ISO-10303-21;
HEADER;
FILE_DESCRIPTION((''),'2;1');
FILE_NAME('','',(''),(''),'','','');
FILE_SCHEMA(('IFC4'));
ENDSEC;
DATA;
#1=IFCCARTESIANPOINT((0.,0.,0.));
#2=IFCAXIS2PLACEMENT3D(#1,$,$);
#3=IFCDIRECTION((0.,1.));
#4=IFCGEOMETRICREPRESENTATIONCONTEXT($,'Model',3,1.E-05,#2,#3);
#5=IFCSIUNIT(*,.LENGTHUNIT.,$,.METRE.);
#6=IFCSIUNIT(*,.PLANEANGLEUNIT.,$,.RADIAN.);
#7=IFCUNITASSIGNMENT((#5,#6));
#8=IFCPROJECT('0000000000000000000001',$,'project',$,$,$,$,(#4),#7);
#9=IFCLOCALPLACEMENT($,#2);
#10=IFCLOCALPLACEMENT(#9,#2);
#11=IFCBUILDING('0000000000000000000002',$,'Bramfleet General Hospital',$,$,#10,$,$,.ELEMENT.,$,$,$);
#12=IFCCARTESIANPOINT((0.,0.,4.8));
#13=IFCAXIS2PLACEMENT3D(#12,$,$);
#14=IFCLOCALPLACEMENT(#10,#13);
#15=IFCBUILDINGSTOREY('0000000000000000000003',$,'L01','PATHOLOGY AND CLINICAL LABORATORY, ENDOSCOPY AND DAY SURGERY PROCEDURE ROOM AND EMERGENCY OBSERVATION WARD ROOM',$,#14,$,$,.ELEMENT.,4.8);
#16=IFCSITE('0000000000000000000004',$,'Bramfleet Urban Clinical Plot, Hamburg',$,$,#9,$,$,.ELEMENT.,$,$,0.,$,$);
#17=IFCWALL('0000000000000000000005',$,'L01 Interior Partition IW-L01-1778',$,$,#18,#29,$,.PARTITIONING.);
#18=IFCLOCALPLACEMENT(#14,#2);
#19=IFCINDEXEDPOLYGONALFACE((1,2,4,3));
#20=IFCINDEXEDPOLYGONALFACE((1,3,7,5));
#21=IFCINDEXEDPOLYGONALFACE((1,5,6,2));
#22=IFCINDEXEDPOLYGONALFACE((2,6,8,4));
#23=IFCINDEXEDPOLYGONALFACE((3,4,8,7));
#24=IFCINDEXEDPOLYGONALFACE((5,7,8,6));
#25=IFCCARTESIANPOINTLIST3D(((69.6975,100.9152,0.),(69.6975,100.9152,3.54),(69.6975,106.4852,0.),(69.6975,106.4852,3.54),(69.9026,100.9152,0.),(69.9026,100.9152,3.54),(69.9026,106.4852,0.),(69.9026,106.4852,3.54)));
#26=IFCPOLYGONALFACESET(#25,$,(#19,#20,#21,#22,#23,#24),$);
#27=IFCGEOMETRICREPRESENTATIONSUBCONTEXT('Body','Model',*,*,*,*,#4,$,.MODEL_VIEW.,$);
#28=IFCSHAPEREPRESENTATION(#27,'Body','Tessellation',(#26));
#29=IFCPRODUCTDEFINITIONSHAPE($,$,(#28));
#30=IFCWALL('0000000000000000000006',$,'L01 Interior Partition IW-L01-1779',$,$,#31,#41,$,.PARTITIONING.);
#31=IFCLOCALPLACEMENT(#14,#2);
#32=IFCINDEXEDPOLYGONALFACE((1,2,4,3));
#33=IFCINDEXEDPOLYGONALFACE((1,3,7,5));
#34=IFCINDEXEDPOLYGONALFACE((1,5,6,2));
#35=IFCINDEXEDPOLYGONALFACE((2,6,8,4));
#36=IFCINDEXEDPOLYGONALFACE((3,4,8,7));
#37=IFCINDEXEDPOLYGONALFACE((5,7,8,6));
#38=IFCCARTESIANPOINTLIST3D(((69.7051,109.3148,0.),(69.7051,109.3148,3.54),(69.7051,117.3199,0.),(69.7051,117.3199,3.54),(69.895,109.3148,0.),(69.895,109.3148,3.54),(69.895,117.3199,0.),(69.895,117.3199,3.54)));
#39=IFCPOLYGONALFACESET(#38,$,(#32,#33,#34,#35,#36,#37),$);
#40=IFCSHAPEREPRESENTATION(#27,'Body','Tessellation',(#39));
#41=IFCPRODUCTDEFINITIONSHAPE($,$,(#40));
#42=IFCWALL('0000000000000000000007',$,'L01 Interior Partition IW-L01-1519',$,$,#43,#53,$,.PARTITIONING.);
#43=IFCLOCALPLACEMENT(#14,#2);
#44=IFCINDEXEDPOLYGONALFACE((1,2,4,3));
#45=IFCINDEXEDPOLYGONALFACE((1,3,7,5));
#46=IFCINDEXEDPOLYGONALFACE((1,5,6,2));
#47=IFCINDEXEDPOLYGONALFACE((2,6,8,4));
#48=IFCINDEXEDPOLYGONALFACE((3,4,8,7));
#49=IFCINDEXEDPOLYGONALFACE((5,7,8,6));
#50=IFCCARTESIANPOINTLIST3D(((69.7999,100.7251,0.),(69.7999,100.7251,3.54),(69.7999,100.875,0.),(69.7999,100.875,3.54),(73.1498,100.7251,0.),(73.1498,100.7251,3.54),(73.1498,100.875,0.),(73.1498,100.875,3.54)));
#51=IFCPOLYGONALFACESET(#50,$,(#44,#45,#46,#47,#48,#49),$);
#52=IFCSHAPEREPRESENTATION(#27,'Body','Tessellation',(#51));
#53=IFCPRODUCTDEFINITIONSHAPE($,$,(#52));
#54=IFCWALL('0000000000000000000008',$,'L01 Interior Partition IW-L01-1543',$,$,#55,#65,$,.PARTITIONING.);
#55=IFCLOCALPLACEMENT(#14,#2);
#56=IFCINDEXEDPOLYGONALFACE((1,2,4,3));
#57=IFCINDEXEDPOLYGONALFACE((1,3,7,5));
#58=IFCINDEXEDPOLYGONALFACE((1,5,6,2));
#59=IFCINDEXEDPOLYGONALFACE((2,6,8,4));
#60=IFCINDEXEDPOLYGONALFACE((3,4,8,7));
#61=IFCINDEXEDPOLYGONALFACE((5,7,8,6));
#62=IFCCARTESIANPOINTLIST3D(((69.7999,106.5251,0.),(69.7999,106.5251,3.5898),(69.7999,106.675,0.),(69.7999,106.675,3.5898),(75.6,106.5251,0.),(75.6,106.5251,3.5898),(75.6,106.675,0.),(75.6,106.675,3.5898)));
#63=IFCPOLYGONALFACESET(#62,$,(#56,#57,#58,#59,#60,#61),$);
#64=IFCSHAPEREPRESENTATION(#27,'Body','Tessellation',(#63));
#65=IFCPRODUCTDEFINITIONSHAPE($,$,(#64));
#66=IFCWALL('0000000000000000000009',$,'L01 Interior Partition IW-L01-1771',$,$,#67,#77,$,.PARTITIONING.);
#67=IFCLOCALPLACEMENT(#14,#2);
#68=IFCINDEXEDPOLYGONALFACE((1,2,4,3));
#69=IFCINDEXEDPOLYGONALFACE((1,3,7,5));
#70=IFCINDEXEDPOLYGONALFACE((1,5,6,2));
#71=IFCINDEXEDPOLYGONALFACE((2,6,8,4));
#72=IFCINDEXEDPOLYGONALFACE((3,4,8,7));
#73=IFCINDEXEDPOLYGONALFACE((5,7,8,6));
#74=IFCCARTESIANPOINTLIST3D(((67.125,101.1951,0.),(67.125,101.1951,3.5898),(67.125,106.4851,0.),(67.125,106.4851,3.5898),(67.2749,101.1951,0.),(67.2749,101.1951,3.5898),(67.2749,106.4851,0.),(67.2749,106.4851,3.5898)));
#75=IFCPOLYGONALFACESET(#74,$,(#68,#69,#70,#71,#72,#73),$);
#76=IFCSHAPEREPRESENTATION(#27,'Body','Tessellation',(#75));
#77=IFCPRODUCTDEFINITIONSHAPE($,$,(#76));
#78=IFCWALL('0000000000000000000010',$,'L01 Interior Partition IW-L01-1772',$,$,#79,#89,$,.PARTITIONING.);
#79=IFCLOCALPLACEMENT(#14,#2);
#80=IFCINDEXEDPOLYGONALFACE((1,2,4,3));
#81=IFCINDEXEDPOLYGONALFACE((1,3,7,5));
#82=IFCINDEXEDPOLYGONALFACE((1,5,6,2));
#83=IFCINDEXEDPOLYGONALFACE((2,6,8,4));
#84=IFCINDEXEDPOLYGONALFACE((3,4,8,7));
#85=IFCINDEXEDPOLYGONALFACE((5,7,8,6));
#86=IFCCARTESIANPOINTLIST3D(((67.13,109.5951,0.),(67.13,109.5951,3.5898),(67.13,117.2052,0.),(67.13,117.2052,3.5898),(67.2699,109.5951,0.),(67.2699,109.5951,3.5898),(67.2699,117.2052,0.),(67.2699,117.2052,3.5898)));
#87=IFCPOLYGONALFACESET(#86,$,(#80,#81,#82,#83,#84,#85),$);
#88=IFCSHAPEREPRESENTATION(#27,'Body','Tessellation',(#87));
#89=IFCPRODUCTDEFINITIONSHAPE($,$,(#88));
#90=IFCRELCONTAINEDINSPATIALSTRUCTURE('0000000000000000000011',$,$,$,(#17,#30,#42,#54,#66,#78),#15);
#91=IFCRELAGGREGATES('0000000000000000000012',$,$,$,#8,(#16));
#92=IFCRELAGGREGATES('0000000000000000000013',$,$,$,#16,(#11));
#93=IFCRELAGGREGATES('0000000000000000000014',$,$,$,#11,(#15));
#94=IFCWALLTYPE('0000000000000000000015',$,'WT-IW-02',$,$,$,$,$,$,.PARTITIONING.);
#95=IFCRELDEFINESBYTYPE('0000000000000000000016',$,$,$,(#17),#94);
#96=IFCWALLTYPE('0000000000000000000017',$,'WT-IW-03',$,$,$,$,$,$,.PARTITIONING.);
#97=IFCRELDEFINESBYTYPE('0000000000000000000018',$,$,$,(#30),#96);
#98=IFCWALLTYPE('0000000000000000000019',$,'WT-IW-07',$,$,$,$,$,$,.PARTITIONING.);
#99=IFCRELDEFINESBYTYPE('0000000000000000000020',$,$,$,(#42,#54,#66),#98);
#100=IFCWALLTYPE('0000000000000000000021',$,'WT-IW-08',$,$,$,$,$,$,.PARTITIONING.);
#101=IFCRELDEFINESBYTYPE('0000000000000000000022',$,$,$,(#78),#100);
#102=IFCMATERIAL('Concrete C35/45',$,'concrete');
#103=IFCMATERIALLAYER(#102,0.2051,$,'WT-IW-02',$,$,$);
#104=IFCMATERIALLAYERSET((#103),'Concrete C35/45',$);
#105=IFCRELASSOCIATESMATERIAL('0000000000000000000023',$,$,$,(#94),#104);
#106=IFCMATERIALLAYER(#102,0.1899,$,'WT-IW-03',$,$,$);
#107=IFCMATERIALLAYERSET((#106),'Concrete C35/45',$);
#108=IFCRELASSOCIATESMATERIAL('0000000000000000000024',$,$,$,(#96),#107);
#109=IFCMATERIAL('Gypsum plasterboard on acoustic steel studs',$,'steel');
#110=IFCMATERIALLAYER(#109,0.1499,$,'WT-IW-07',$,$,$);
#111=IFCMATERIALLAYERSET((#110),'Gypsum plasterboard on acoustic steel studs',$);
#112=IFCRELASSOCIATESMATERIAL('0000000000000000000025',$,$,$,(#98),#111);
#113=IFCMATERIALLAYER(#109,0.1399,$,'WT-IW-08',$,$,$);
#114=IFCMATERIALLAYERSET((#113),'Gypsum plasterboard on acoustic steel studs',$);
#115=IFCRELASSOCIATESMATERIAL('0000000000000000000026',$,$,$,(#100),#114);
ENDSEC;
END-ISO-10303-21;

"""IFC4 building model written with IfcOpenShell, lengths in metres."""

from ifc_helpers import new_model, si_unit, direction, frame, frame_2d, origin, place, context, subcontext, project, spatial, rectangle, extrude, material, layer, layer_set, type_object, element, save


model = new_model("IFC4")

# Units and contexts
model_context = context("Model", 3, precision=1e-05, world=origin(), true_north=direction((0.0, 1.0)))
body_context = subcontext(model_context, "Body", "Model", "MODEL_VIEW")
ifc_project = project(units=[si_unit("LENGTHUNIT", "METRE"), si_unit("PLANEANGLEUNIT", "RADIAN")], contexts=[model_context])

# Site, building, storey
site_placement = place(None, origin())
site = spatial("IfcSite", under=ifc_project, at=site_placement, Name="Bramfleet Urban Clinical Plot, Hamburg", CompositionType="ELEMENT", RefElevation=0.0)
building_placement = place(site_placement, origin())
building = spatial("IfcBuilding", under=site, at=building_placement, Name="Bramfleet General Hospital", CompositionType="ELEMENT")
storey_placement = place(building_placement, frame((0.0, 0.0, 4.8)))
storey = spatial("IfcBuildingStorey", under=building, at=storey_placement, Name="L01", Description="PATHOLOGY AND CLINICAL LABORATORY, ENDOSCOPY AND DAY SURGERY PROCEDURE ROOM AND EMERGENCY OBSERVATION WARD ROOM", CompositionType="ELEMENT", Elevation=4.8)

# Shared definitions
ifc_material_1 = material(Name="Concrete C35/45", Category="concrete")

# Walls
ifc_layer_1 = layer(ifc_material_1, 0.2051, Name="WT-IW-02")
ifc_layer_set_1 = layer_set([ifc_layer_1], Name="Concrete C35/45")
wall_type_1 = type_object("IfcWallType", Name="WT-IW-02", PredefinedType="PARTITIONING", material=ifc_layer_set_1)
wall_1_placement = place(storey_placement, frame((69.8, 100.915, 0.0), z_axis=(0.0, 0.0, 1.0), x_axis=(0.0, 1.0, 0.0)))
element("IfcWall", 1, at=wall_1_placement, inside=storey, type_object=wall_type_1, Name="L01 Interior Partition IW-L01-1778", PredefinedType="PARTITIONING", context=body_context, shape_type="SweptSolid", body=[
    extrude(rectangle(XDim=5.5701, YDim=0.2051, at=frame_2d((2.7852, 0.0))), origin(), (0.0, 0.0, 1.0), 3.54),
])
ifc_layer_2 = layer(ifc_material_1, 0.1899, Name="WT-IW-03")
ifc_layer_set_2 = layer_set([ifc_layer_2], Name="Concrete C35/45")
wall_type_2 = type_object("IfcWallType", Name="WT-IW-03", PredefinedType="PARTITIONING", material=ifc_layer_set_2)
wall_2_placement = place(storey_placement, frame((69.8, 109.3149, 0.0), z_axis=(0.0, 0.0, 1.0), x_axis=(0.0, 1.0, 0.0)))
element("IfcWall", 2, at=wall_2_placement, inside=storey, type_object=wall_type_2, Name="L01 Interior Partition IW-L01-1779", PredefinedType="PARTITIONING", context=body_context, shape_type="SweptSolid", body=[
    extrude(rectangle(XDim=8.0051, YDim=0.1899, at=frame_2d((4.0024, 0.0))), origin(), (0.0, 0.0, 1.0), 3.54),
])
ifc_material_2 = material(Name="Gypsum plasterboard on acoustic steel studs", Category="steel")
ifc_layer_3 = layer(ifc_material_2, 0.1499, Name="WT-IW-07")
ifc_layer_set_3 = layer_set([ifc_layer_3], Name="Gypsum plasterboard on acoustic steel studs")
wall_type_3 = type_object("IfcWallType", Name="WT-IW-07", PredefinedType="PARTITIONING", material=ifc_layer_set_3)
wall_3_placement = place(storey_placement, frame((69.8, 100.8, 0.0), z_axis=(0.0, 0.0, 1.0), x_axis=(1.0, 0.0, 0.0)))
element("IfcWall", 3, at=wall_3_placement, inside=storey, type_object=wall_type_3, Name="L01 Interior Partition IW-L01-1519", PredefinedType="PARTITIONING", context=body_context, shape_type="SweptSolid", body=[
    extrude(rectangle(XDim=3.3499, YDim=0.1499, at=frame_2d((1.6748, 0.0))), origin(), (0.0, 0.0, 1.0), 3.54),
])
wall_4_placement = place(storey_placement, frame((69.8, 106.6001, 0.0), z_axis=(0.0, 0.0, 1.0), x_axis=(1.0, 0.0, 0.0)))
element("IfcWall", 4, at=wall_4_placement, inside=storey, type_object=wall_type_3, Name="L01 Interior Partition IW-L01-1543", PredefinedType="PARTITIONING", context=body_context, shape_type="SweptSolid", body=[
    extrude(rectangle(XDim=5.8, YDim=0.1499, at=frame_2d((2.8999, 0.0))), origin(), (0.0, 0.0, 1.0), 3.5898),
])
wall_5_placement = place(storey_placement, frame((67.2, 101.1951, 0.0), z_axis=(0.0, 0.0, 1.0), x_axis=(0.0, 1.0, 0.0)))
element("IfcWall", 5, at=wall_5_placement, inside=storey, type_object=wall_type_3, Name="L01 Interior Partition IW-L01-1771", PredefinedType="PARTITIONING", context=body_context, shape_type="SweptSolid", body=[
    extrude(rectangle(XDim=5.29, YDim=0.1499, at=frame_2d((2.645, 0.0))), origin(), (0.0, 0.0, 1.0), 3.5898),
])
ifc_layer_4 = layer(ifc_material_2, 0.1399, Name="WT-IW-08")
ifc_layer_set_4 = layer_set([ifc_layer_4], Name="Gypsum plasterboard on acoustic steel studs")
wall_type_4 = type_object("IfcWallType", Name="WT-IW-08", PredefinedType="PARTITIONING", material=ifc_layer_set_4)
wall_6_placement = place(storey_placement, frame((67.2, 109.595, 0.0), z_axis=(0.0, 0.0, 1.0), x_axis=(0.0, 1.0, 0.0)))
element("IfcWall", 6, at=wall_6_placement, inside=storey, type_object=wall_type_4, Name="L01 Interior Partition IW-L01-1772", PredefinedType="PARTITIONING", context=body_context, shape_type="SweptSolid", body=[
    extrude(rectangle(XDim=7.6101, YDim=0.1399, at=frame_2d((3.8052, 0.0))), origin(), (0.0, 0.0, 1.0), 3.5898),
])

save(model, "model.ifc")
